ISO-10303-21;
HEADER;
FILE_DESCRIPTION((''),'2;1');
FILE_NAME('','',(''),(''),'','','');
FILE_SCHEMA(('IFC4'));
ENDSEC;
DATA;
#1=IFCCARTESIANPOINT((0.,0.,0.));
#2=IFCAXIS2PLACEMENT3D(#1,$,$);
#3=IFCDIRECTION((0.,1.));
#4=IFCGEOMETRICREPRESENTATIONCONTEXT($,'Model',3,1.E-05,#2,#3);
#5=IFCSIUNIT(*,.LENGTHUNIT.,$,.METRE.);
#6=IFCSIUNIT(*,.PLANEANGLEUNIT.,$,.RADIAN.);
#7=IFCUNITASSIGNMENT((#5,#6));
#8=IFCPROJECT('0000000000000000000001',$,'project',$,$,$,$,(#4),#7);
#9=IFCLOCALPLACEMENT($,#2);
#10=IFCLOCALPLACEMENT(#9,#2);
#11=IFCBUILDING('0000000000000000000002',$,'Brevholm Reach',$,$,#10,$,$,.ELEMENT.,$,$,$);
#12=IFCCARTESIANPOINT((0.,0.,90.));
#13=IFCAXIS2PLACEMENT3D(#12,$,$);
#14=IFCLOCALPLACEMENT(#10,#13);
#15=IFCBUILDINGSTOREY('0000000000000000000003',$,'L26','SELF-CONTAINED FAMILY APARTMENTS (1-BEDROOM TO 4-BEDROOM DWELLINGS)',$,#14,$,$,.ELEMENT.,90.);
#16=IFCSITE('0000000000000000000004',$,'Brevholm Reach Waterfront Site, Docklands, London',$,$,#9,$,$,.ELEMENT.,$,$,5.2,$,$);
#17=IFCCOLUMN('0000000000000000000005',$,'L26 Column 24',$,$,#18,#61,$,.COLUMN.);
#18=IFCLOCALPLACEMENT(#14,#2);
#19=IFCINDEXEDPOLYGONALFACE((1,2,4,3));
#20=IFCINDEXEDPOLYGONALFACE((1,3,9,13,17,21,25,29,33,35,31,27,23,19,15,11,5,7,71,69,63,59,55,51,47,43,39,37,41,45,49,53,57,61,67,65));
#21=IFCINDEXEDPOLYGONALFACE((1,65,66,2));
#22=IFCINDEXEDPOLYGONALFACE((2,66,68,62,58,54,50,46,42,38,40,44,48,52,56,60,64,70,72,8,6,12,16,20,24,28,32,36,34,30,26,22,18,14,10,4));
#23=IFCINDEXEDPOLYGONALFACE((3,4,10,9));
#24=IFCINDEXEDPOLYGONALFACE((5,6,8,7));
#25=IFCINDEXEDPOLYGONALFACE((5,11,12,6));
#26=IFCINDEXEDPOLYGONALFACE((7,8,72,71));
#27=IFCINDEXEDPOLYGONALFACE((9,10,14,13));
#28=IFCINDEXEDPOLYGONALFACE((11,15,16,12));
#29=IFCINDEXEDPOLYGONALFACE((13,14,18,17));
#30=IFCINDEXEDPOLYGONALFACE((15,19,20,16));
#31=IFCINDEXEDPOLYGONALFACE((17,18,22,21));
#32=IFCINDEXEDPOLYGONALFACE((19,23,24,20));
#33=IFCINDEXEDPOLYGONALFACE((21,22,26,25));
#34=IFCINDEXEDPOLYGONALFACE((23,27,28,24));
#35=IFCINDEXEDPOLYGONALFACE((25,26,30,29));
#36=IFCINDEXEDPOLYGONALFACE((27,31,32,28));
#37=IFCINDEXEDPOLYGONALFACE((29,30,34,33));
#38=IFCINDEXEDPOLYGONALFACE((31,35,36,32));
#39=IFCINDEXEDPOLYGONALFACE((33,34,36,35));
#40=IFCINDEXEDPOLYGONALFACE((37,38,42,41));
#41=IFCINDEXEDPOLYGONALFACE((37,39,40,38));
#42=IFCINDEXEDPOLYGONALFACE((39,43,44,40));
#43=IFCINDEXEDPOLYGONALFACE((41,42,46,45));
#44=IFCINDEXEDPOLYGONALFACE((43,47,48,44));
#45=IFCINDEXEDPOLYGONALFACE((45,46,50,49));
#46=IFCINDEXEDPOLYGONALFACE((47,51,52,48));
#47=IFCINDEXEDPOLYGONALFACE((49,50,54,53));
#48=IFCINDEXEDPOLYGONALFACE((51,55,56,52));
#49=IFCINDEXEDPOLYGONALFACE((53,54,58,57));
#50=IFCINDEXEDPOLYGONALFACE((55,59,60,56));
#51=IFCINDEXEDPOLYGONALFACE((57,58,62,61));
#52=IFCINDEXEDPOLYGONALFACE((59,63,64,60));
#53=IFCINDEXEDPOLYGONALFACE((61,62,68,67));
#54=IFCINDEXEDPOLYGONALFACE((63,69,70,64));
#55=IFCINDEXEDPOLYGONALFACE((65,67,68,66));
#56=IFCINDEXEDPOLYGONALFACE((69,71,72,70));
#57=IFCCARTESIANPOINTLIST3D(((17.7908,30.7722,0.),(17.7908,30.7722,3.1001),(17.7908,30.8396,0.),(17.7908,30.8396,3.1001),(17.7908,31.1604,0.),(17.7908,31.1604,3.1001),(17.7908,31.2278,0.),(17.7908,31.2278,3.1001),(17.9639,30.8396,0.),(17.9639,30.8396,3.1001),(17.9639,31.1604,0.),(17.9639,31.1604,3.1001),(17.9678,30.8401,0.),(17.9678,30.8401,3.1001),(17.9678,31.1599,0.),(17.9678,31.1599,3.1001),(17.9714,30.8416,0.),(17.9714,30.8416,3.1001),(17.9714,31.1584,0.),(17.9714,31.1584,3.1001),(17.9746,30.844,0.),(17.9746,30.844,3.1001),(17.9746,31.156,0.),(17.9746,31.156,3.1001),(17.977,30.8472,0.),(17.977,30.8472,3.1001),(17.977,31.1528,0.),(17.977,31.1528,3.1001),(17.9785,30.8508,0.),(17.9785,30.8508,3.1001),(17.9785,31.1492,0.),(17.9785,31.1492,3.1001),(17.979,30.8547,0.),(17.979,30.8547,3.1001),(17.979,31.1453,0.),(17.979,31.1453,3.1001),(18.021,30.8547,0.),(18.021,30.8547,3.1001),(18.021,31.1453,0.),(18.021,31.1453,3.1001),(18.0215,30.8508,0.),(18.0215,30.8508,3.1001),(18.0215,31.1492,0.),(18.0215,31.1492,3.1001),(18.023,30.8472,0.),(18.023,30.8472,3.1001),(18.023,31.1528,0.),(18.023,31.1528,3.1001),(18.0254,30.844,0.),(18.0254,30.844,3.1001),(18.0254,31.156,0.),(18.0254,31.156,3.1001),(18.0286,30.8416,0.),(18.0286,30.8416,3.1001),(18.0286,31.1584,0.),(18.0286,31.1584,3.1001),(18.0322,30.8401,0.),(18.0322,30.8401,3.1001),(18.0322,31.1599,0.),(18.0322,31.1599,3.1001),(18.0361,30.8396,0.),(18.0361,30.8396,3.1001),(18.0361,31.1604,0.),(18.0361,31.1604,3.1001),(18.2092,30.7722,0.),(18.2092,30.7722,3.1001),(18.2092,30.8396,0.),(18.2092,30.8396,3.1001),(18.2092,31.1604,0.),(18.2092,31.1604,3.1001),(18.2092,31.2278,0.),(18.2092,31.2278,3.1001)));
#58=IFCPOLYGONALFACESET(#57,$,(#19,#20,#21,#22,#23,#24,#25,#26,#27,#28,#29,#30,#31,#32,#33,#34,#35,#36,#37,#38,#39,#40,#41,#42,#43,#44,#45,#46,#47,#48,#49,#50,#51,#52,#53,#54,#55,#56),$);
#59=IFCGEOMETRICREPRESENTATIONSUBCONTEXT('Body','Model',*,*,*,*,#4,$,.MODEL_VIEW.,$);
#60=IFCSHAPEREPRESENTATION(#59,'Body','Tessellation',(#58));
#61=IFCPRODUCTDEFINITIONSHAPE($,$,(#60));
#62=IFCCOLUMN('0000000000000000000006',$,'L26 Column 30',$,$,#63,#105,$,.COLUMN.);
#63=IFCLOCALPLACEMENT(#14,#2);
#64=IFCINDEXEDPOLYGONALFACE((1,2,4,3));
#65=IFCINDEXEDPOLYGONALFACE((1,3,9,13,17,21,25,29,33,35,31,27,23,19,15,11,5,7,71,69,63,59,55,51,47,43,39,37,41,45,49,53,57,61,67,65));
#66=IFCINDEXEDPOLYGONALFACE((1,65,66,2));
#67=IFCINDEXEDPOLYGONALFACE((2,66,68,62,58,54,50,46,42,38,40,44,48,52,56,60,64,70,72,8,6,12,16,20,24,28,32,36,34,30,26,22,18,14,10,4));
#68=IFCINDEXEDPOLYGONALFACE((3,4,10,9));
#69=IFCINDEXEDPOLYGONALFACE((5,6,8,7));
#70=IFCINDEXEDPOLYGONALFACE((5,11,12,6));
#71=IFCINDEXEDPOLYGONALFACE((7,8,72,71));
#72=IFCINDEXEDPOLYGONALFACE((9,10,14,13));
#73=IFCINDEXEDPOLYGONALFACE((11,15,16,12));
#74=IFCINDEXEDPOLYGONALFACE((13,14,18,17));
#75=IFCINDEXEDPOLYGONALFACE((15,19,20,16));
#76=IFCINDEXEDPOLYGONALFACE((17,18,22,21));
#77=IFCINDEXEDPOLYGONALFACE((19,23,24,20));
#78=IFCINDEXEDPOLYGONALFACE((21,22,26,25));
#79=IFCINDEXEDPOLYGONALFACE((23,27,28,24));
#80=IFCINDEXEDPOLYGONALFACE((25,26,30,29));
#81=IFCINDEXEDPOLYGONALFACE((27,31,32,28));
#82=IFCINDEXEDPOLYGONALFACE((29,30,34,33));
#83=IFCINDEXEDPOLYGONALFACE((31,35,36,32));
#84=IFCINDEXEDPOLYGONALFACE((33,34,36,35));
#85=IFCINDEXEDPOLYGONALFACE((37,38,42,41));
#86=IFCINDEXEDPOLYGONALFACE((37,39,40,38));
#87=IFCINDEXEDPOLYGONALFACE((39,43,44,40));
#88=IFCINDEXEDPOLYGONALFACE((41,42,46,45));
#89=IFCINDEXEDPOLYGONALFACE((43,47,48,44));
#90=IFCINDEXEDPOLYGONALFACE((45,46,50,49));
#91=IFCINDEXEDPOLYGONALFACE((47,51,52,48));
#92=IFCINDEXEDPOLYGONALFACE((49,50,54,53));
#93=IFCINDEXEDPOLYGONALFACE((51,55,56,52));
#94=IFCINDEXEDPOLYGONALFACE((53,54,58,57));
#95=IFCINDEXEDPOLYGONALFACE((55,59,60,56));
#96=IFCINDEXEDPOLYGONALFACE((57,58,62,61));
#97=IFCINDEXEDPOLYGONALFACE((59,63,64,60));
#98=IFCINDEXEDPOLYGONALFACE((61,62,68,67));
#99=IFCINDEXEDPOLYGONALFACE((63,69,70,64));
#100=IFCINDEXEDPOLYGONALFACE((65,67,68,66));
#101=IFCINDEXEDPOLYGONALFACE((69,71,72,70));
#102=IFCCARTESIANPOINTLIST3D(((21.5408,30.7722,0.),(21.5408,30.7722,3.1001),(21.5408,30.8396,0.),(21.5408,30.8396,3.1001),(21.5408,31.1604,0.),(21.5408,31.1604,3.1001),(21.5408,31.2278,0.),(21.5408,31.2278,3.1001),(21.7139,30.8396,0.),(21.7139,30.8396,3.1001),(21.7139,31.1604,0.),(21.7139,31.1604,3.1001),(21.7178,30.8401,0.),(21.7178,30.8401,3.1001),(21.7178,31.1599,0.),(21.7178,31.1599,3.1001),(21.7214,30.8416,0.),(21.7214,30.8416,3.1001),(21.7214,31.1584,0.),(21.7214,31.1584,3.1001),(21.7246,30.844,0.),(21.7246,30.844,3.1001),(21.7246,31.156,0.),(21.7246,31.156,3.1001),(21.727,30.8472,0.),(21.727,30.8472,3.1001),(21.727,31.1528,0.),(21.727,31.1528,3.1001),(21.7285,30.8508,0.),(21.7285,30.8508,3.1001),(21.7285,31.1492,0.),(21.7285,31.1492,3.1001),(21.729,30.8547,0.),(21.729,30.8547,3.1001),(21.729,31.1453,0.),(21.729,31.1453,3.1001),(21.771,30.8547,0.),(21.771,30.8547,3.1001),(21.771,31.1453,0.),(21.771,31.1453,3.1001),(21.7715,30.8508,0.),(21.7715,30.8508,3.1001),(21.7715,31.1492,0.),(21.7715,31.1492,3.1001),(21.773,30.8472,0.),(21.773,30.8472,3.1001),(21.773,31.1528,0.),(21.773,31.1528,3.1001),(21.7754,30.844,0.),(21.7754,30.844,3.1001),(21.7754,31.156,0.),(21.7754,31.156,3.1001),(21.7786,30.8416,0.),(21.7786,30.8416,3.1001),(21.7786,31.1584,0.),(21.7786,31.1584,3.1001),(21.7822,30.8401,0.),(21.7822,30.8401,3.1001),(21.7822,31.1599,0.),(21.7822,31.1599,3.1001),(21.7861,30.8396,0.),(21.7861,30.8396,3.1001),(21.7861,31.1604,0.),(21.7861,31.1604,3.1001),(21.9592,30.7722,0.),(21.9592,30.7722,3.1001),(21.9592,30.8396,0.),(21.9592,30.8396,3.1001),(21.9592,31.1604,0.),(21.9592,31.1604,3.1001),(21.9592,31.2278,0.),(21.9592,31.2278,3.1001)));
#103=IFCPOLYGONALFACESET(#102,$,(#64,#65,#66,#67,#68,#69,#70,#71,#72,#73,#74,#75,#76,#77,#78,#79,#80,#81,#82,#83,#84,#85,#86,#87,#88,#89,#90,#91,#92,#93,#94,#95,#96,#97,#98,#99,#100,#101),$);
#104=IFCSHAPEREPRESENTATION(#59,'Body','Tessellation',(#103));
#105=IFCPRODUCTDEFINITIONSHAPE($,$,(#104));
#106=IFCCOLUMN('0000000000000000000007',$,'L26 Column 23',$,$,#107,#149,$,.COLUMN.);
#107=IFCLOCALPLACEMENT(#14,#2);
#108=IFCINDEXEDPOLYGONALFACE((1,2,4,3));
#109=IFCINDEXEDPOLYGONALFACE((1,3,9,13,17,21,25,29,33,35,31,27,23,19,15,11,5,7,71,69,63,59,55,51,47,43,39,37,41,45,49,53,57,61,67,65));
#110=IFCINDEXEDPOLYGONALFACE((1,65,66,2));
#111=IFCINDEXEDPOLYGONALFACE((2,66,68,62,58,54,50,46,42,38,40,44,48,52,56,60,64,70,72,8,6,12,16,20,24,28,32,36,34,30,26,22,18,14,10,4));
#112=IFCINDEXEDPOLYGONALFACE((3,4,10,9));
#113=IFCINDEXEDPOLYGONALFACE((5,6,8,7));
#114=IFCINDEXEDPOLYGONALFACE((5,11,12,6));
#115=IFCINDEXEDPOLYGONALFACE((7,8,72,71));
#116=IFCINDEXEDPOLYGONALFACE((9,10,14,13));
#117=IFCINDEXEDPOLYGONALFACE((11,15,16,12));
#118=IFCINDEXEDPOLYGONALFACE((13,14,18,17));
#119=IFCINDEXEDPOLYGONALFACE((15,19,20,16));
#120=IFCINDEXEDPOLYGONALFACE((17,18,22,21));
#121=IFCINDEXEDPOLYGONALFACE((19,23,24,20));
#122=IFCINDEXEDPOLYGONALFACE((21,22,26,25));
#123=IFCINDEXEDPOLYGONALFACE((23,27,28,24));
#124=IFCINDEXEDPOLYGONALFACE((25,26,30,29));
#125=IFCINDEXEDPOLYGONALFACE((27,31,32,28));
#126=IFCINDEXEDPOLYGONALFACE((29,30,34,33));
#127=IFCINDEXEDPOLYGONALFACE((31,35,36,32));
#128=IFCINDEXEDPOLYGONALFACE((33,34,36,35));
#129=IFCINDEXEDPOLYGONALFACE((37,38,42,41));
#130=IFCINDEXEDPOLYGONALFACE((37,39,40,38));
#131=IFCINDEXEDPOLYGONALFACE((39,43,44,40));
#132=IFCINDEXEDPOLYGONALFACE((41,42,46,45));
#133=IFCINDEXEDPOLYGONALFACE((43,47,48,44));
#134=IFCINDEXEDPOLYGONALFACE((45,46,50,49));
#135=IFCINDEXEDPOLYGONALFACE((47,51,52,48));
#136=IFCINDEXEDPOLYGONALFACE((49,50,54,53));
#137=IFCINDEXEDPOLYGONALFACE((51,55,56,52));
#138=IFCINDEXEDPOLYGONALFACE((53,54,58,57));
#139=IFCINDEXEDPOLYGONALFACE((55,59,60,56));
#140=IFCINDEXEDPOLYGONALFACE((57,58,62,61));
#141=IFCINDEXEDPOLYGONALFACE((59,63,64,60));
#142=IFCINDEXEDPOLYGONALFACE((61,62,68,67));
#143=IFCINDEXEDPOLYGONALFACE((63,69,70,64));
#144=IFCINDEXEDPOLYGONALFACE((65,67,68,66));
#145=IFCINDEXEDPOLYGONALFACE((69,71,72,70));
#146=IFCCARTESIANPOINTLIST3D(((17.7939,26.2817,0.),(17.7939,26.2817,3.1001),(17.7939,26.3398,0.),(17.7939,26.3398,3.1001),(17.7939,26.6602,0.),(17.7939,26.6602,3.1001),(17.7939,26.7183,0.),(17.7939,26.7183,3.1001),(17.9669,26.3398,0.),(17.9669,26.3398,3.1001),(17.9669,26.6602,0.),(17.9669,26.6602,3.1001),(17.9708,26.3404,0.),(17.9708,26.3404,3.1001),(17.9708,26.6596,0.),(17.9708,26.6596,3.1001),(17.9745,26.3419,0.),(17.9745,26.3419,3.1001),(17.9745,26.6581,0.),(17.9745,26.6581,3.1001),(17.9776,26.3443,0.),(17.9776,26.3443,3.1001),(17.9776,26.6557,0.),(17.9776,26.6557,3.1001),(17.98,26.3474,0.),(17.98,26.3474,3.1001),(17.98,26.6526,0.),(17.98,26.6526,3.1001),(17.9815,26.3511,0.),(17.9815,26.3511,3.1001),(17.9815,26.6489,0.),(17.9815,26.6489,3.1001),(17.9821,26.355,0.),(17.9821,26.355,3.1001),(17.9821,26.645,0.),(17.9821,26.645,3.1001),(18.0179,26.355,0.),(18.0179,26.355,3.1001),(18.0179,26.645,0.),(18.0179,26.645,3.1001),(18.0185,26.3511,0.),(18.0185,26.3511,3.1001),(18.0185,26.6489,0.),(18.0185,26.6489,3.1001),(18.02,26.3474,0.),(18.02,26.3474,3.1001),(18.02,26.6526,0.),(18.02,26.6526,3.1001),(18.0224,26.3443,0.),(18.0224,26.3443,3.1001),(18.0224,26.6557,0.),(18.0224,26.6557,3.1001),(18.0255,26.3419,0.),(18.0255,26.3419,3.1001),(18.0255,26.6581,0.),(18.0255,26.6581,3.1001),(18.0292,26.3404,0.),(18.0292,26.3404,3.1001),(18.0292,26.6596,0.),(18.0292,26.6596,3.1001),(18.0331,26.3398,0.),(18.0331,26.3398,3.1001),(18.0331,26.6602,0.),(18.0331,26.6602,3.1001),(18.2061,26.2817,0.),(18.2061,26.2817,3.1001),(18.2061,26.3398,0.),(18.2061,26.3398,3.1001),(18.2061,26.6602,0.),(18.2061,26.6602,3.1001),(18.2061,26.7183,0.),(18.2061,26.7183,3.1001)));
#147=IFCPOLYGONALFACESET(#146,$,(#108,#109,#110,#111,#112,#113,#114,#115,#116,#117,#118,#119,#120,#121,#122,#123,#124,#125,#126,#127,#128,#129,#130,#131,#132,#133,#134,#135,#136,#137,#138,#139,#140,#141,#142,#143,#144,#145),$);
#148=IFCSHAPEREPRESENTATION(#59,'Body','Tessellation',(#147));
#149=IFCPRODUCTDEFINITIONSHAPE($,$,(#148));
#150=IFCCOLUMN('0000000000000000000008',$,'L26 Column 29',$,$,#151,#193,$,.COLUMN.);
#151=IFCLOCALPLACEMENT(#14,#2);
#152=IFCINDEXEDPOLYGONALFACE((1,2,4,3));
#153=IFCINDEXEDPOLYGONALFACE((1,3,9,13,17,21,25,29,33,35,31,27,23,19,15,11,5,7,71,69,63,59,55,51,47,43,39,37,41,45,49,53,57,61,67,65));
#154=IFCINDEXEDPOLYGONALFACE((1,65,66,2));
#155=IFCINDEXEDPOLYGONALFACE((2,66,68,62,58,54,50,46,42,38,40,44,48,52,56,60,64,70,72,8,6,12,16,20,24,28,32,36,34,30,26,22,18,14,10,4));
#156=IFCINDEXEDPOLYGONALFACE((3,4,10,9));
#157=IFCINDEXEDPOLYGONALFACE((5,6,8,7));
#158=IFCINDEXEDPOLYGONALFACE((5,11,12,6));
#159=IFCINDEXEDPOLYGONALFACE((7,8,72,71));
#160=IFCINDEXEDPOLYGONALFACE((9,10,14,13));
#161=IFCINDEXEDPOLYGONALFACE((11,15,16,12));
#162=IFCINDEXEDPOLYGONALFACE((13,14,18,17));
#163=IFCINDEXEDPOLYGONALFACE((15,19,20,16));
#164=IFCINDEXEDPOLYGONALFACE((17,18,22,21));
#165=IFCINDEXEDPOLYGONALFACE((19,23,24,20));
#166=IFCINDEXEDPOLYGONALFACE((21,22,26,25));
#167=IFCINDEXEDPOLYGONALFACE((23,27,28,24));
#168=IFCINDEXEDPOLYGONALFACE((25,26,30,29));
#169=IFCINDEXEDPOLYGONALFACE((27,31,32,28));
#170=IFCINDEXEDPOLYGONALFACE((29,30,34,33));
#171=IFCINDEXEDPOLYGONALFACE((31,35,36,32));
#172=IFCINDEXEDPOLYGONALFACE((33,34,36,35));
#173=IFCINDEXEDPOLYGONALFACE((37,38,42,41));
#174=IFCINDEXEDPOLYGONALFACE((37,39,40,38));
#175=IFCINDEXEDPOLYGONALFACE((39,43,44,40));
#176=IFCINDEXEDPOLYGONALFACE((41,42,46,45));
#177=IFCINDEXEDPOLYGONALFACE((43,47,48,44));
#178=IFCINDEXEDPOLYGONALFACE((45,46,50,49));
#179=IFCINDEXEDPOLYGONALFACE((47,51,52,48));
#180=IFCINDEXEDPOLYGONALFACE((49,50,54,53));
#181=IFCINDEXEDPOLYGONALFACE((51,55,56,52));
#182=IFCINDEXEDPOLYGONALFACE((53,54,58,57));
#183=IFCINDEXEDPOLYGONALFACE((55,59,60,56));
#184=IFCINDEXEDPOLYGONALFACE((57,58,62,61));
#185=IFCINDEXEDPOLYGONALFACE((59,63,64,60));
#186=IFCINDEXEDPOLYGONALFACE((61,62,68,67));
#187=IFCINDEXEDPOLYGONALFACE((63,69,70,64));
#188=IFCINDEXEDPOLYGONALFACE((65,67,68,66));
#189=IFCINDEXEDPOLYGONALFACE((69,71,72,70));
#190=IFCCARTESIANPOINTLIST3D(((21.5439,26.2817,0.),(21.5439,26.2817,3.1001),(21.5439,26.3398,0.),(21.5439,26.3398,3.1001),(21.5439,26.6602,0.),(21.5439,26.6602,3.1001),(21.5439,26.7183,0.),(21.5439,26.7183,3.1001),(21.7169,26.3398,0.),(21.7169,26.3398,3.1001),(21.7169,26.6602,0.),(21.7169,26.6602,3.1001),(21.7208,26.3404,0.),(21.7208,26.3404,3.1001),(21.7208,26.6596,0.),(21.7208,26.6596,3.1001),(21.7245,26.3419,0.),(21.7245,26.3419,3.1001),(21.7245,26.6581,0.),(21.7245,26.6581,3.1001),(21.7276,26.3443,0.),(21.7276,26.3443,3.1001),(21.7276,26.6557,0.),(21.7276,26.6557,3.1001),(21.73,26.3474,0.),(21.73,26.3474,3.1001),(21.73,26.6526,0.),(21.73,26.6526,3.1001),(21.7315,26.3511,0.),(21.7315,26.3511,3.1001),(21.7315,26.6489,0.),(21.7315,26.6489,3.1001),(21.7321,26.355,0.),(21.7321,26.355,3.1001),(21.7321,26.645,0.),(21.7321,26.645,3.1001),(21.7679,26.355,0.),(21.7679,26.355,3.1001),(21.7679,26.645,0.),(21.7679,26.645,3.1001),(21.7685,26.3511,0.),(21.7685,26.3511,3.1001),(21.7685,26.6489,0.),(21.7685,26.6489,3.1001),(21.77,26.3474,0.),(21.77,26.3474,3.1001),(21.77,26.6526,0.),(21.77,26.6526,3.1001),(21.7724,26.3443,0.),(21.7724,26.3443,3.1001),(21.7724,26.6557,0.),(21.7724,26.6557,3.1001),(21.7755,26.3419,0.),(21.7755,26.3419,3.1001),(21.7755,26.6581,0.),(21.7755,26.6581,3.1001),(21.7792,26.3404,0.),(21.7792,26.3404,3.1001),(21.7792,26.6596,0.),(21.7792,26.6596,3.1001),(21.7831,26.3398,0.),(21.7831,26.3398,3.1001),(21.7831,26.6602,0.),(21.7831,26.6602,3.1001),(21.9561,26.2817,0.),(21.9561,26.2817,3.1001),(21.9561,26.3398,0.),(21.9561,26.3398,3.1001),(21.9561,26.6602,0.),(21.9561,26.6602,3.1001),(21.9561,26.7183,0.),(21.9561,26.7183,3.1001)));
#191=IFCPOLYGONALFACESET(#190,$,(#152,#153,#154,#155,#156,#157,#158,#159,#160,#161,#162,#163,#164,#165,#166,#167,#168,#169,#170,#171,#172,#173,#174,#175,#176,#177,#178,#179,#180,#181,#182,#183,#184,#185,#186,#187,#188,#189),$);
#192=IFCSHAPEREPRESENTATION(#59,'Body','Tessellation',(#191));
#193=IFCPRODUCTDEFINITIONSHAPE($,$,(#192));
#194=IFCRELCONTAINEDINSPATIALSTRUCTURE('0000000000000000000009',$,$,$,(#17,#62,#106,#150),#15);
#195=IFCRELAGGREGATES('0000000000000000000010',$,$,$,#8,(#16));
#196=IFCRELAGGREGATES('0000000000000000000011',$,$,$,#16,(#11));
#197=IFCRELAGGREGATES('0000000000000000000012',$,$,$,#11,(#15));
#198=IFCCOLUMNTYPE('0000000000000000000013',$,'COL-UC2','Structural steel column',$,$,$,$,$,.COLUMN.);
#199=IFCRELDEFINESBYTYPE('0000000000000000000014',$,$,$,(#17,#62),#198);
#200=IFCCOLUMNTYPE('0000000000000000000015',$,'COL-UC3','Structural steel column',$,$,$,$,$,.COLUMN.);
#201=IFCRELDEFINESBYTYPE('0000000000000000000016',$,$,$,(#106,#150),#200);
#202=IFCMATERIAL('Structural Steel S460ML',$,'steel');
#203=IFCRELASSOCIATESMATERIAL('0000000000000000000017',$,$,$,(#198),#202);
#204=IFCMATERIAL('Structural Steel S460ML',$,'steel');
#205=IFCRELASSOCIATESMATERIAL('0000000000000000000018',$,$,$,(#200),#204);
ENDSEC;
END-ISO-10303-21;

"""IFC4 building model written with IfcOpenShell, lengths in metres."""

from ifc_helpers import new_model, si_unit, direction, frame, origin, origin_2d, place, context, subcontext, project, spatial, i_section, extrude, material, material_profile, profile_set, type_object, element, save


model = new_model("IFC4")

# Units and contexts
model_context = context("Model", 3, precision=1e-05, world=origin(), true_north=direction((0.0, 1.0)))
body_context = subcontext(model_context, "Body", "Model", "MODEL_VIEW")
ifc_project = project(units=[si_unit("LENGTHUNIT", "METRE"), si_unit("PLANEANGLEUNIT", "RADIAN")], contexts=[model_context])

# Site, building, storey
site_placement = place(None, origin())
site = spatial("IfcSite", under=ifc_project, at=site_placement, Name="Brevholm Reach Waterfront Site, Docklands, London", CompositionType="ELEMENT", RefElevation=5.2)
building_placement = place(site_placement, origin())
building = spatial("IfcBuilding", under=site, at=building_placement, Name="Brevholm Reach", CompositionType="ELEMENT")
storey_placement = place(building_placement, frame((0.0, 0.0, 90.0)))
storey = spatial("IfcBuildingStorey", under=building, at=storey_placement, Name="L26", Description="SELF-CONTAINED FAMILY APARTMENTS (1-BEDROOM TO 4-BEDROOM DWELLINGS)", CompositionType="ELEMENT", Elevation=90.0)

# Columns
ifc_material_1 = material(Name="Structural Steel S460ML", Category="steel")
ifc_material_profile_1 = material_profile(ifc_material_1, i_section(OverallWidth=0.4185, OverallDepth=0.4556, WebThickness=0.042, FlangeThickness=0.0674, FilletRadius=0.0151, at=origin_2d()), Name="UKC 356x406x551")
ifc_profile_set_1 = profile_set([ifc_material_profile_1], Name="Structural Steel S460ML")
column_type_1 = type_object("IfcColumnType", Name="COL-UC2", Description="Structural steel column", PredefinedType="COLUMN", material=ifc_profile_set_1)
for number, where, z_axis, x_axis, name in (
    (1, (18.0, 31.0, 0.0), (0.0, 0.0, 1.0), (1.0, 0.0, 0.0), "L26 Column 24"),
    (2, (21.75, 31.0, 0.0), (0.0, 0.0, 1.0), (1.0, 0.0, 0.0), "L26 Column 30"),
):
    element("IfcColumn", number, at=place(storey_placement, frame(where, z_axis=z_axis, x_axis=x_axis)), inside=storey, type_object=column_type_1, Name=name, PredefinedType="COLUMN", context=body_context, shape_type="SweptSolid", body=[
        extrude(i_section(OverallWidth=0.4185, OverallDepth=0.4556, WebThickness=0.042, FlangeThickness=0.0674, FilletRadius=0.0151, at=origin_2d()), origin(), (0.0, 0.0, 1.0), 3.1001),
    ])
ifc_material_2 = material(Name="Structural Steel S460ML", Category="steel")
ifc_material_profile_2 = material_profile(ifc_material_2, i_section(OverallWidth=0.4121, OverallDepth=0.4365, WebThickness=0.0359, FlangeThickness=0.0581, FilletRadius=0.0151, at=origin_2d()), Name="UKC 356x406x467")
ifc_profile_set_2 = profile_set([ifc_material_profile_2], Name="Structural Steel S460ML")
column_type_2 = type_object("IfcColumnType", Name="COL-UC3", Description="Structural steel column", PredefinedType="COLUMN", material=ifc_profile_set_2)
for number, where, z_axis, x_axis, name in (
    (3, (18.0, 26.5, 0.0), (0.0, 0.0, 1.0), (1.0, 0.0, 0.0), "L26 Column 23"),
    (4, (21.75, 26.5, 0.0), (0.0, 0.0, 1.0), (1.0, 0.0, 0.0), "L26 Column 29"),
):
    element("IfcColumn", number, at=place(storey_placement, frame(where, z_axis=z_axis, x_axis=x_axis)), inside=storey, type_object=column_type_2, Name=name, PredefinedType="COLUMN", context=body_context, shape_type="SweptSolid", body=[
        extrude(i_section(OverallWidth=0.4121, OverallDepth=0.4365, WebThickness=0.0359, FlangeThickness=0.0581, FilletRadius=0.0151, at=origin_2d()), origin(), (0.0, 0.0, 1.0), 3.1001),
    ])

save(model, "model.ifc")
